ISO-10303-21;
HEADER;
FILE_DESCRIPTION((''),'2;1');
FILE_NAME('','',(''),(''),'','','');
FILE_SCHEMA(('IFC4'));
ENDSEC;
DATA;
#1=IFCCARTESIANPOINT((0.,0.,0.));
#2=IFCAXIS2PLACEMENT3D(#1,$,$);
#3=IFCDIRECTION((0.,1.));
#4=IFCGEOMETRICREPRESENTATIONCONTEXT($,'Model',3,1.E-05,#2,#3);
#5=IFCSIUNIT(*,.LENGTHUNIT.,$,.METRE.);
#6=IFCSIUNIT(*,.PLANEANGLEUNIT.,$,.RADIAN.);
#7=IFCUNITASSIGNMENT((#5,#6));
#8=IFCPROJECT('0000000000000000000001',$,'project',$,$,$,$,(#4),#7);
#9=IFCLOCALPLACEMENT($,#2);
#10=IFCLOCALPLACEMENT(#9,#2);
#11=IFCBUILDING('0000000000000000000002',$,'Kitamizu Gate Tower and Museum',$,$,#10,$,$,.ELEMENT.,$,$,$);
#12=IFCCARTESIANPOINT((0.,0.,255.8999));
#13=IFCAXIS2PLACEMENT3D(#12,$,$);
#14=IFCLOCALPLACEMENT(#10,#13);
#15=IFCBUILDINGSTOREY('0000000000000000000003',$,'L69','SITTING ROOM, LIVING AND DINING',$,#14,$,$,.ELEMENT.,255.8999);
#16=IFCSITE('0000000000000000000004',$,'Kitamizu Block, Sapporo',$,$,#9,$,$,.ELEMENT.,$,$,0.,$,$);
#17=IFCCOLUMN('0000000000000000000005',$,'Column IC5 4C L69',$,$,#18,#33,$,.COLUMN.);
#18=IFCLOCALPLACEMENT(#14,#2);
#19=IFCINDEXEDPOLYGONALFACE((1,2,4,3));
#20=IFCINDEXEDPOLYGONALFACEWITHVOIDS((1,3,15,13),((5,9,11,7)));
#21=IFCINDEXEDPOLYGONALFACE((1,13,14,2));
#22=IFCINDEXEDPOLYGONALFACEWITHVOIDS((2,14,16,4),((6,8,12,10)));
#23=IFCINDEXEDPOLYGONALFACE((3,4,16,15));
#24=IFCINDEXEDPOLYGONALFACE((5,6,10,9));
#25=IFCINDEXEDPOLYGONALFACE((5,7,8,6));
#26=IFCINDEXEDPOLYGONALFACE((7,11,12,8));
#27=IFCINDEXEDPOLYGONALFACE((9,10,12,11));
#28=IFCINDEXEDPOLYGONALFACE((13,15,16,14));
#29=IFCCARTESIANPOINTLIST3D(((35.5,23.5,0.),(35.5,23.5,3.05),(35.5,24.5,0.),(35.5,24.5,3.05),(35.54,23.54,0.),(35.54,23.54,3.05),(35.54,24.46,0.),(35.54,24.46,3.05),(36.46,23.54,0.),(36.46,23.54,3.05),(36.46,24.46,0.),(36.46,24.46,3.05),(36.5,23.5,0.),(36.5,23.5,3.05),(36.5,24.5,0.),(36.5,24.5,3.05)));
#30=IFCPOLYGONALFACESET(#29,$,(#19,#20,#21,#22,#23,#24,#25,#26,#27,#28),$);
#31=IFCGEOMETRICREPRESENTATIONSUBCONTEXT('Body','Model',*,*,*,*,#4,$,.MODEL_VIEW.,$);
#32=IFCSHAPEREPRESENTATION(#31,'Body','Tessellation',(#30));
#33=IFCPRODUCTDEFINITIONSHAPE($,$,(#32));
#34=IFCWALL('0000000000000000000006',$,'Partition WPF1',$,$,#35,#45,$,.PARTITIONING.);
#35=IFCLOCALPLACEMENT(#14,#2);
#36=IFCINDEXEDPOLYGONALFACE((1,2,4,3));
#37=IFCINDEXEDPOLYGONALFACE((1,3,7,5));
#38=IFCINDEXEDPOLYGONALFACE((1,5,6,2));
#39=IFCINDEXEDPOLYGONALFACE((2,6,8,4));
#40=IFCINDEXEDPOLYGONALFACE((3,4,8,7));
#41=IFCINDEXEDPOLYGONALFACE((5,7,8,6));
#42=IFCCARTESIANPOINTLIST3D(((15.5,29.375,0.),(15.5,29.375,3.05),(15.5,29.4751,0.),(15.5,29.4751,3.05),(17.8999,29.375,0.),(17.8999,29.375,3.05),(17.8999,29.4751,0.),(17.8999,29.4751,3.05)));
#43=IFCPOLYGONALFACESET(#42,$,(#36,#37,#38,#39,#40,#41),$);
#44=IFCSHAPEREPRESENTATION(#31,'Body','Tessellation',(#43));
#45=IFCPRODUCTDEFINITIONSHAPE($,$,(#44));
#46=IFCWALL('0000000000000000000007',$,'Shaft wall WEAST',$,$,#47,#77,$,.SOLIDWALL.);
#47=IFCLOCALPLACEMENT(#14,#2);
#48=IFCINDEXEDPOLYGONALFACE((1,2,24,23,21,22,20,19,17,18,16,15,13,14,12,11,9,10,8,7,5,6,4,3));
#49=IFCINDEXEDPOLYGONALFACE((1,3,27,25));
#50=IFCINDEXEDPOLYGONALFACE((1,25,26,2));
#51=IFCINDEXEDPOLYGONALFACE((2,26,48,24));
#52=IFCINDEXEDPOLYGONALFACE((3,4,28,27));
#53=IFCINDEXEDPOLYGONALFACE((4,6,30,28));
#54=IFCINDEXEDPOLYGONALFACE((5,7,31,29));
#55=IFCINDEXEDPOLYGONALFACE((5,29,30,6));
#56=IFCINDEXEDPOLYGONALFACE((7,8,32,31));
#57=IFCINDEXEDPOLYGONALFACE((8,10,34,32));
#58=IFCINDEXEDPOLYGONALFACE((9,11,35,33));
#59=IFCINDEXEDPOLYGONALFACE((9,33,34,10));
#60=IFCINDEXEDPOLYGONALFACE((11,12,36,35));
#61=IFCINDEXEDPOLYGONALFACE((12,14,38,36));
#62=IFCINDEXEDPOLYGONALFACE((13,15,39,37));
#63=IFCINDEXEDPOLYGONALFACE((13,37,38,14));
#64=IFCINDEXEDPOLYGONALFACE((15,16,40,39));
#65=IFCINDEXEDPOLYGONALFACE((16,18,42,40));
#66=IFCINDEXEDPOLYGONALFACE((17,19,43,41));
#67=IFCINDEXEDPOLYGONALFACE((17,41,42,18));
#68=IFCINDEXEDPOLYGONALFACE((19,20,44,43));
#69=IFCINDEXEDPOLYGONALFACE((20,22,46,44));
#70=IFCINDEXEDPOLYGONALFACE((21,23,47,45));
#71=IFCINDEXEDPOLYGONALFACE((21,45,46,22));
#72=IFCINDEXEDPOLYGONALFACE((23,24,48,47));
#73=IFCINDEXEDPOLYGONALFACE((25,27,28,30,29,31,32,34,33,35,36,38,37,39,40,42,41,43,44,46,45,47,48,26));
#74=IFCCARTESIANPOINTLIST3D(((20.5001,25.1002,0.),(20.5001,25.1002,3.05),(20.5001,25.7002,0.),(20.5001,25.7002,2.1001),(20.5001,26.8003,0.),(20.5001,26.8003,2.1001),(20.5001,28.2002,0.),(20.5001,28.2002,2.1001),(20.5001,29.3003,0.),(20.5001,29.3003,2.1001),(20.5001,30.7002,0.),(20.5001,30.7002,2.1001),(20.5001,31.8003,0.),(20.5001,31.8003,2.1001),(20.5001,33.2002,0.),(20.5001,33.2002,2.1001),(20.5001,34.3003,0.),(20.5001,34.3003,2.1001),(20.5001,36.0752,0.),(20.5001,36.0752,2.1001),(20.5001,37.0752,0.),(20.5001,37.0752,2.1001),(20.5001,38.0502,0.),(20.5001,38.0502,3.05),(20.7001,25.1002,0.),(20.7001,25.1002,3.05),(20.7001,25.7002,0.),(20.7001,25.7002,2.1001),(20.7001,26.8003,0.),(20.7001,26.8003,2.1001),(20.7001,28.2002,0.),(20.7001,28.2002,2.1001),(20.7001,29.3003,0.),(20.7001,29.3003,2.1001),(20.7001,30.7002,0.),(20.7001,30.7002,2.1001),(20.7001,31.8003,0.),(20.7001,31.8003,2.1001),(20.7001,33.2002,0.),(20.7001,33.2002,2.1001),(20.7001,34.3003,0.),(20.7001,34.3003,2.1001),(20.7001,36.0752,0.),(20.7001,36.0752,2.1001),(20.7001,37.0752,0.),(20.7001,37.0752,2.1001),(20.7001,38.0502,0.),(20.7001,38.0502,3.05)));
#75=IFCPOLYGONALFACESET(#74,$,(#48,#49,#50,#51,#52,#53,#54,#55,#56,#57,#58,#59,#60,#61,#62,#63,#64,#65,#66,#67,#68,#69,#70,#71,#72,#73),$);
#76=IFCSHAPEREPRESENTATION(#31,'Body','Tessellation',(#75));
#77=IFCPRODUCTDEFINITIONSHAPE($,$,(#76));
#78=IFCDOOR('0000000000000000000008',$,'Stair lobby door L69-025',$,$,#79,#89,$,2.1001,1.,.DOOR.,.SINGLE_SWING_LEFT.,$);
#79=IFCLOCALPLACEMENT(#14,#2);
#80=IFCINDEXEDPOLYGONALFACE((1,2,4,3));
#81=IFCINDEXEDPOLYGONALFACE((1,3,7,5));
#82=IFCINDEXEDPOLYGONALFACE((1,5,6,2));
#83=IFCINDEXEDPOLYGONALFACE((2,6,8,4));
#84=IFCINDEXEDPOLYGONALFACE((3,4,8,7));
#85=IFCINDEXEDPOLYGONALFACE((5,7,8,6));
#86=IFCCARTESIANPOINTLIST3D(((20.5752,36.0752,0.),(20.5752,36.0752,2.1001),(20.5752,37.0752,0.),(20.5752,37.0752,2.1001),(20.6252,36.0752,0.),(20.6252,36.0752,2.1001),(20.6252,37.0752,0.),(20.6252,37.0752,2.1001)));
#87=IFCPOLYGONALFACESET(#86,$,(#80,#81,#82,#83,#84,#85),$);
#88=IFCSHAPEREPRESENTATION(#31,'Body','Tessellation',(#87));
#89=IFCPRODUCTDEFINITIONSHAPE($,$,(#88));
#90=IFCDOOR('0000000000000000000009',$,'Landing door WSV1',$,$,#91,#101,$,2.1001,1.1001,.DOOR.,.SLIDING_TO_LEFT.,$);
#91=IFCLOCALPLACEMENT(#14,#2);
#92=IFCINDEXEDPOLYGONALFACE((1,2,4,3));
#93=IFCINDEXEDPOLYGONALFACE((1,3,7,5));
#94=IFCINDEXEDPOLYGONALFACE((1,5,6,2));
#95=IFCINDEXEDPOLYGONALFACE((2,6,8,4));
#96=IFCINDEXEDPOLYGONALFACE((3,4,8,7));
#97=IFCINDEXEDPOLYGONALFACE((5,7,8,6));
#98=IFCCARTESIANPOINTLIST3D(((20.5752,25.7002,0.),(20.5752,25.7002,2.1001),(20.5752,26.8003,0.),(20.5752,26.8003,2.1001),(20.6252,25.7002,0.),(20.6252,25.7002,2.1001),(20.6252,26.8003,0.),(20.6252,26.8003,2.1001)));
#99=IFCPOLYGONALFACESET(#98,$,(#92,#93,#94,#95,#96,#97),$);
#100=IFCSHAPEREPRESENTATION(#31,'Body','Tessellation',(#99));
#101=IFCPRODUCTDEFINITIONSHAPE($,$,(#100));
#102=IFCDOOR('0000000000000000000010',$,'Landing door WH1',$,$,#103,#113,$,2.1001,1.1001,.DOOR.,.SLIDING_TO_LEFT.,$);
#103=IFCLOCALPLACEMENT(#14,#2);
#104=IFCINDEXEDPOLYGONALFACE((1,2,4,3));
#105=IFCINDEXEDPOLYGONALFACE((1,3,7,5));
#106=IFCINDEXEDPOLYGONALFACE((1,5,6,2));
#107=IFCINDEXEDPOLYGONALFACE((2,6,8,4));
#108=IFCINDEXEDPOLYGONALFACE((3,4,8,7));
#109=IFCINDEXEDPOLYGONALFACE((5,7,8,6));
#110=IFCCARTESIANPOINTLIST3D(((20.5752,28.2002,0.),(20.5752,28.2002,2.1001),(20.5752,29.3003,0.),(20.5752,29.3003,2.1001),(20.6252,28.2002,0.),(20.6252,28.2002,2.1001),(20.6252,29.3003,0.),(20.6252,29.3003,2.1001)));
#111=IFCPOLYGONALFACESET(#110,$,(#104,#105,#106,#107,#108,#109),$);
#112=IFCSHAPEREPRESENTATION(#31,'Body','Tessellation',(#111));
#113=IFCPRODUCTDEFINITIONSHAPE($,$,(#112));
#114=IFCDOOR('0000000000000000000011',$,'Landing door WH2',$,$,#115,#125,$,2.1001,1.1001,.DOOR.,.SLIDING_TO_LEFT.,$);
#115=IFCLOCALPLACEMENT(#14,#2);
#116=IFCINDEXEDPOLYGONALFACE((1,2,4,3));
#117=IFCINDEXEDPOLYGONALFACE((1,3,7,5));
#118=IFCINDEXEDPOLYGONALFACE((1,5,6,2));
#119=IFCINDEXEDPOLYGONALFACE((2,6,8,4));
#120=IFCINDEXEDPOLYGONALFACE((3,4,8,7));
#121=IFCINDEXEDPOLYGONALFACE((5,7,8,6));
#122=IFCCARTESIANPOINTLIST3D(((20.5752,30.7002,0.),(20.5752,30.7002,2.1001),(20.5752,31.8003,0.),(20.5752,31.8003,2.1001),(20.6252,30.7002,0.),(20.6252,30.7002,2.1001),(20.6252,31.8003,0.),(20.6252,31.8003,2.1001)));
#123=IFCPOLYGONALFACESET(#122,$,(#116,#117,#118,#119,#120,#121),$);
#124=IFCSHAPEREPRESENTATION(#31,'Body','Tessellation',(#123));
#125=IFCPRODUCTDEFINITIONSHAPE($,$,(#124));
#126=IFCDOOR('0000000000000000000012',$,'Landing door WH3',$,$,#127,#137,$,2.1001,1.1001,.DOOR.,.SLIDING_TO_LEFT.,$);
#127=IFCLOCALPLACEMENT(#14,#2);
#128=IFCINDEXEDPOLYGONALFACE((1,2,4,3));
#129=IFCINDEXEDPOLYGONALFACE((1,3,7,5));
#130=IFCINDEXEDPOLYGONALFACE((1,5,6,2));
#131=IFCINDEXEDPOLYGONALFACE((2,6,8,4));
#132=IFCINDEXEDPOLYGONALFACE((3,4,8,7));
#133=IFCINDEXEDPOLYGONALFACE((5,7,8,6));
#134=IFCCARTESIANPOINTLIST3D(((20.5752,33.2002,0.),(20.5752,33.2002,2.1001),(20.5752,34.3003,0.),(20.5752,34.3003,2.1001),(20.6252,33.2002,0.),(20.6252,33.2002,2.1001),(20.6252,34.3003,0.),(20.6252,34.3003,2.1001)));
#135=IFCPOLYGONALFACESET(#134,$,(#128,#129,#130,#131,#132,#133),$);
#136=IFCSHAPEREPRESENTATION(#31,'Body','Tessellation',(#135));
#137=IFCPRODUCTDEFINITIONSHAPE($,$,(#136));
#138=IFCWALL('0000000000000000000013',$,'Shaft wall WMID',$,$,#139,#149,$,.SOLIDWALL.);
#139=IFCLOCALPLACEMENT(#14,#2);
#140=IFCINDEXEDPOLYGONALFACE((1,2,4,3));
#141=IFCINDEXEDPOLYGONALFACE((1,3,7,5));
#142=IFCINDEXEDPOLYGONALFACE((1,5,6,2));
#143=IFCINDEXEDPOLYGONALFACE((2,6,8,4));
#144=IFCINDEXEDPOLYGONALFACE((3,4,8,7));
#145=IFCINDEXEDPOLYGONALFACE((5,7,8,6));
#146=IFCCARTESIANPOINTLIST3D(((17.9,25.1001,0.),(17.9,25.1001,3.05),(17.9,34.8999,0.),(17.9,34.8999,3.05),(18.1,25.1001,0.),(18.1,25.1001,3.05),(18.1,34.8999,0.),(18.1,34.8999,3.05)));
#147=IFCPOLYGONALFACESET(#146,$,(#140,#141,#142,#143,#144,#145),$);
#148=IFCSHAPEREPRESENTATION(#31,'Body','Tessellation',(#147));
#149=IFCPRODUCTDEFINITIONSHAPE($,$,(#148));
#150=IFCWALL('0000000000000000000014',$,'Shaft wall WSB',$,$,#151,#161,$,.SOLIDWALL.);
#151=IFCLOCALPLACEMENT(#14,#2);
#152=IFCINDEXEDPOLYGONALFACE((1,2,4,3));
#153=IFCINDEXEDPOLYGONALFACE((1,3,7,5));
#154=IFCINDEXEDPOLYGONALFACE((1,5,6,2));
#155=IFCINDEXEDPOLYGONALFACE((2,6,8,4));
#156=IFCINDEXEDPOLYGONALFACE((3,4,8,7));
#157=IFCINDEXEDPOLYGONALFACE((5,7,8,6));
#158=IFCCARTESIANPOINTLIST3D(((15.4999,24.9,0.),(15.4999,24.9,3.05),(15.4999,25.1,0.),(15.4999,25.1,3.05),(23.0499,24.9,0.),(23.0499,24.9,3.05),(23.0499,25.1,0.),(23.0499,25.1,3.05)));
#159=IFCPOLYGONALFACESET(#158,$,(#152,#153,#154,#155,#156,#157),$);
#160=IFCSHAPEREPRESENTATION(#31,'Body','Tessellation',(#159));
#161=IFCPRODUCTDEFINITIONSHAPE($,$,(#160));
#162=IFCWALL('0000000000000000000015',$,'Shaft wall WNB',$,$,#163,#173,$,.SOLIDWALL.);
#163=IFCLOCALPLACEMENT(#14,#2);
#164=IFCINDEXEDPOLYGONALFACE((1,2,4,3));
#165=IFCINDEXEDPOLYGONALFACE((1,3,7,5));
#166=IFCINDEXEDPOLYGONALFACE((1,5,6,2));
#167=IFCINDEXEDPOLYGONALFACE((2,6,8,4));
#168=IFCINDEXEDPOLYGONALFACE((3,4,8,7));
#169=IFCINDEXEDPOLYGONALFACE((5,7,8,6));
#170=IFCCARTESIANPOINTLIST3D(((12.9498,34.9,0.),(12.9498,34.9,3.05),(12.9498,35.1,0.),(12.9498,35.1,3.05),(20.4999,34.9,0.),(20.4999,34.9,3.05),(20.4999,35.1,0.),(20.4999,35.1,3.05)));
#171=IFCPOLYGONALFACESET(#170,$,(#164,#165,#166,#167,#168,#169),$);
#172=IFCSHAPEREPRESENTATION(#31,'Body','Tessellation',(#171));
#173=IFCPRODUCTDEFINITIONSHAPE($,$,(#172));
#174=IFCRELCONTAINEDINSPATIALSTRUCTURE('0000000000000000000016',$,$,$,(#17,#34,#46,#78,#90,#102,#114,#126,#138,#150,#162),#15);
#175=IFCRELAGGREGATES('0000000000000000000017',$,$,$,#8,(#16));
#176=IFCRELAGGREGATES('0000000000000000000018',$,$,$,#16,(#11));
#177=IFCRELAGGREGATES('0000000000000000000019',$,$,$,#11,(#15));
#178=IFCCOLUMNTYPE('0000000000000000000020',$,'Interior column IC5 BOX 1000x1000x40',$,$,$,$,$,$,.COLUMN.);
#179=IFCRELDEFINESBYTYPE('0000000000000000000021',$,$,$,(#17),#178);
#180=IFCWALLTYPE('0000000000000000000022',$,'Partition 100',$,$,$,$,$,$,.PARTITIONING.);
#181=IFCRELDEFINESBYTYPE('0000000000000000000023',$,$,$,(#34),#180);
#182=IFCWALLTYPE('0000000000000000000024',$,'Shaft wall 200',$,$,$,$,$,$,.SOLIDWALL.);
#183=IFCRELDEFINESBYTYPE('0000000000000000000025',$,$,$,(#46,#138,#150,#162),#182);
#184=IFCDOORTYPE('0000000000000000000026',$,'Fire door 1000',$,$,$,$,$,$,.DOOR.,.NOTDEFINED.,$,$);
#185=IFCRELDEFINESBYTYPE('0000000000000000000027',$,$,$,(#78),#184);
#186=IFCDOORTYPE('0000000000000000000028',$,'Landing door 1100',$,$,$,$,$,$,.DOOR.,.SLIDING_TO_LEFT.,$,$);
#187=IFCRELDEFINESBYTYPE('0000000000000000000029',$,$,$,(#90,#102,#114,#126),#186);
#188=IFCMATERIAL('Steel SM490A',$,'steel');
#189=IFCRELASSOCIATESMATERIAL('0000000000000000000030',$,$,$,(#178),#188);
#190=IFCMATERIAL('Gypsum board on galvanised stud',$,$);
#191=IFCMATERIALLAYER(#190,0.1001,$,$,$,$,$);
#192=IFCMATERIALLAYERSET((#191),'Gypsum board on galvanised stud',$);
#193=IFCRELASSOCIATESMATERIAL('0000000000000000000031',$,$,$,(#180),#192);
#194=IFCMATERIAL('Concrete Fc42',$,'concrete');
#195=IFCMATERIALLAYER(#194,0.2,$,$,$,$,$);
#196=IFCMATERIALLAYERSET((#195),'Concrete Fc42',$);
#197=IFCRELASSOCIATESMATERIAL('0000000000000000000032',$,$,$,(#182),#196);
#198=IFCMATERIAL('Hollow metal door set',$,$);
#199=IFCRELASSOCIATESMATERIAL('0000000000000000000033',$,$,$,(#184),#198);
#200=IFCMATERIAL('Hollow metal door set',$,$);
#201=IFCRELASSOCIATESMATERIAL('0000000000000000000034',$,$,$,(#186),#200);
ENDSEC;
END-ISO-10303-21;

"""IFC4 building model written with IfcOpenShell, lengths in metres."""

from ifc_helpers import new_model, si_unit, direction, frame, frame_2d, origin, origin_2d, place, context, subcontext, project, spatial, rectangle, hollow_rectangle, extrude, material, layer, layer_set, material_profile, profile_set, type_object, element, fill, save


model = new_model("IFC4")

# Units and contexts
model_context = context("Model", 3, precision=1e-05, world=origin(), true_north=direction((0.0, 1.0)))
body_context = subcontext(model_context, "Body", "Model", "MODEL_VIEW")
ifc_project = project(units=[si_unit("LENGTHUNIT", "METRE"), si_unit("PLANEANGLEUNIT", "RADIAN")], contexts=[model_context])

# Site, building, storey
site_placement = place(None, origin())
site = spatial("IfcSite", under=ifc_project, at=site_placement, Name="Kitamizu Block, Sapporo", CompositionType="ELEMENT", RefElevation=0.0)
building_placement = place(site_placement, origin())
building = spatial("IfcBuilding", under=site, at=building_placement, Name="Kitamizu Gate Tower and Museum", CompositionType="ELEMENT")
storey_placement = place(building_placement, frame((0.0, 0.0, 255.8999)))
storey = spatial("IfcBuildingStorey", under=building, at=storey_placement, Name="L69", Description="SITTING ROOM, LIVING AND DINING", CompositionType="ELEMENT", Elevation=255.8999)

# Column
ifc_material_1 = material(Name="Steel SM490A", Category="steel")
ifc_material_profile = material_profile(ifc_material_1, hollow_rectangle(XDim=1.0, YDim=1.0, WallThickness=0.04, at=origin_2d()), Name="BOX 1000x1000x40")
ifc_profile_set = profile_set([ifc_material_profile], Name="Steel SM490A")
column_type = type_object("IfcColumnType", Name="Interior column IC5 BOX 1000x1000x40", PredefinedType="COLUMN", material=ifc_profile_set)
column_placement = place(storey_placement, frame((36.0, 24.0, 0.0), z_axis=(0.0, 0.0, 1.0), x_axis=(1.0, 0.0, 0.0)))
element("IfcColumn", 1, at=column_placement, inside=storey, type_object=column_type, Name="Column IC5 4C L69", PredefinedType="COLUMN", context=body_context, shape_type="SweptSolid", body=[
    extrude(hollow_rectangle(XDim=1.0, YDim=1.0, WallThickness=0.04, at=origin_2d()), origin(), (0.0, 0.0, 1.0), 3.05),
])

# Wall
ifc_material_2 = material(Name="Gypsum board on galvanised stud")
ifc_layer_1 = layer(ifc_material_2, 0.1001)
ifc_layer_set_1 = layer_set([ifc_layer_1], Name="Gypsum board on galvanised stud")
wall_type_1 = type_object("IfcWallType", Name="Partition 100", PredefinedType="PARTITIONING", material=ifc_layer_set_1)
wall_1_placement = place(storey_placement, frame((15.5, 29.425, 0.0), z_axis=(0.0, 0.0, 1.0), x_axis=(1.0, 0.0, 0.0)))
element("IfcWall", 2, at=wall_1_placement, inside=storey, type_object=wall_type_1, Name="Partition WPF1", PredefinedType="PARTITIONING", context=body_context, shape_type="SweptSolid", body=[
    extrude(rectangle(XDim=2.3999, YDim=0.1001, at=frame_2d((1.2, 0.0))), origin(), (0.0, 0.0, 1.0), 3.05),
])

# Wall, openings, doors
ifc_material_3 = material(Name="Concrete Fc42", Category="concrete")
ifc_layer_2 = layer(ifc_material_3, 0.2)
ifc_layer_set_2 = layer_set([ifc_layer_2], Name="Concrete Fc42")
wall_type_2 = type_object("IfcWallType", Name="Shaft wall 200", PredefinedType="SOLIDWALL", material=ifc_layer_set_2)
wall_2_placement = place(storey_placement, frame((20.6001, 25.1001, 0.0), z_axis=(0.0, 0.0, 1.0), x_axis=(0.0, 1.0, 0.0)))
wall_2 = element("IfcWall", 3, at=wall_2_placement, inside=storey, type_object=wall_type_2, Name="Shaft wall WEAST", PredefinedType="SOLIDWALL", context=body_context, shape_type="SweptSolid", body=[
    extrude(rectangle(XDim=12.95, YDim=0.2, at=frame_2d((6.4751, 0.0))), origin(), (0.0, 0.0, 1.0), 3.05),
])
opening_1_placement = place(wall_2_placement, frame((0.6001, 0.0, 0.0)))
opening_1 = element("IfcOpeningElement", 4, at=opening_1_placement, cuts=wall_2, PredefinedType="OPENING", context=body_context, shape_type="SweptSolid", body=[
    extrude(rectangle(XDim=1.1001, YDim=2.1001, at=frame_2d((0.55, 1.05))), frame((0.0, 0.1099, 0.0), z_axis=(0.0, -1.0, 0.0), x_axis=(1.0, 0.0, 0.0)), (0.0, 0.0, 1.0), 0.22),
])
opening_2_placement = place(wall_2_placement, frame((3.1001, 0.0, 0.0)))
opening_2 = element("IfcOpeningElement", 5, at=opening_2_placement, cuts=wall_2, PredefinedType="OPENING", context=body_context, shape_type="SweptSolid", body=[
    extrude(rectangle(XDim=1.1001, YDim=2.1001, at=frame_2d((0.55, 1.05))), frame((0.0, 0.1099, 0.0), z_axis=(0.0, -1.0, 0.0), x_axis=(1.0, 0.0, 0.0)), (0.0, 0.0, 1.0), 0.22),
])
opening_3_placement = place(wall_2_placement, frame((5.6001, 0.0, 0.0)))
opening_3 = element("IfcOpeningElement", 6, at=opening_3_placement, cuts=wall_2, PredefinedType="OPENING", context=body_context, shape_type="SweptSolid", body=[
    extrude(rectangle(XDim=1.1001, YDim=2.1001, at=frame_2d((0.55, 1.05))), frame((0.0, 0.1099, 0.0), z_axis=(0.0, -1.0, 0.0), x_axis=(1.0, 0.0, 0.0)), (0.0, 0.0, 1.0), 0.22),
])
opening_4_placement = place(wall_2_placement, frame((8.1001, 0.0, 0.0)))
opening_4 = element("IfcOpeningElement", 7, at=opening_4_placement, cuts=wall_2, PredefinedType="OPENING", context=body_context, shape_type="SweptSolid", body=[
    extrude(rectangle(XDim=1.1001, YDim=2.1001, at=frame_2d((0.55, 1.05))), frame((0.0, 0.1099, 0.0), z_axis=(0.0, -1.0, 0.0), x_axis=(1.0, 0.0, 0.0)), (0.0, 0.0, 1.0), 0.22),
])
opening_5_placement = place(wall_2_placement, frame((10.9751, 0.0, 0.0)))
opening_5 = element("IfcOpeningElement", 8, at=opening_5_placement, cuts=wall_2, PredefinedType="OPENING", context=body_context, shape_type="SweptSolid", body=[
    extrude(rectangle(XDim=1.0, YDim=2.1001, at=frame_2d((0.5, 1.05))), frame((0.0, 0.1099, 0.0), z_axis=(0.0, -1.0, 0.0), x_axis=(1.0, 0.0, 0.0)), (0.0, 0.0, 1.0), 0.22),
])
ifc_material_4 = material(Name="Hollow metal door set")
door_type_1 = type_object("IfcDoorType", Name="Fire door 1000", OperationType="NOTDEFINED", PredefinedType="DOOR", material=ifc_material_4)
door_1_placement = place(opening_5_placement, origin())
door_1 = element("IfcDoor", 9, at=door_1_placement, inside=storey, type_object=door_type_1, Name="Stair lobby door L69-025", OperationType="SINGLE_SWING_LEFT", OverallHeight=2.1001, OverallWidth=1.0, PredefinedType="DOOR", context=body_context, shape_type="SweptSolid", body=[
    extrude(rectangle(XDim=1.0, YDim=2.1001, at=frame_2d((0.5, 1.05))), frame((0.0, 0.0249, 0.0), z_axis=(0.0, -1.0, 0.0), x_axis=(1.0, 0.0, 0.0)), (0.0, 0.0, 1.0), 0.05),
])
fill(opening_5, door_1)
ifc_material_5 = material(Name="Hollow metal door set")
door_type_2 = type_object("IfcDoorType", Name="Landing door 1100", OperationType="SLIDING_TO_LEFT", PredefinedType="DOOR", material=ifc_material_5)
door_2_placement = place(opening_1_placement, origin())
door_2 = element("IfcDoor", 10, at=door_2_placement, inside=storey, type_object=door_type_2, Name="Landing door WSV1", OperationType="SLIDING_TO_LEFT", OverallHeight=2.1001, OverallWidth=1.1001, PredefinedType="DOOR", context=body_context, shape_type="SweptSolid", body=[
    extrude(rectangle(XDim=1.1001, YDim=2.1001, at=frame_2d((0.55, 1.05))), frame((0.0, 0.0249, 0.0), z_axis=(0.0, -1.0, 0.0), x_axis=(1.0, 0.0, 0.0)), (0.0, 0.0, 1.0), 0.05),
])
fill(opening_1, door_2)
door_3_placement = place(opening_2_placement, origin())
door_3 = element("IfcDoor", 11, at=door_3_placement, inside=storey, type_object=door_type_2, Name="Landing door WH1", OperationType="SLIDING_TO_LEFT", OverallHeight=2.1001, OverallWidth=1.1001, PredefinedType="DOOR", context=body_context, shape_type="SweptSolid", body=[
    extrude(rectangle(XDim=1.1001, YDim=2.1001, at=frame_2d((0.55, 1.05))), frame((0.0, 0.0249, 0.0), z_axis=(0.0, -1.0, 0.0), x_axis=(1.0, 0.0, 0.0)), (0.0, 0.0, 1.0), 0.05),
])
fill(opening_2, door_3)
door_4_placement = place(opening_3_placement, origin())
door_4 = element("IfcDoor", 12, at=door_4_placement, inside=storey, type_object=door_type_2, Name="Landing door WH2", OperationType="SLIDING_TO_LEFT", OverallHeight=2.1001, OverallWidth=1.1001, PredefinedType="DOOR", context=body_context, shape_type="SweptSolid", body=[
    extrude(rectangle(XDim=1.1001, YDim=2.1001, at=frame_2d((0.55, 1.05))), frame((0.0, 0.0249, 0.0), z_axis=(0.0, -1.0, 0.0), x_axis=(1.0, 0.0, 0.0)), (0.0, 0.0, 1.0), 0.05),
])
fill(opening_3, door_4)
door_5_placement = place(opening_4_placement, origin())
door_5 = element("IfcDoor", 13, at=door_5_placement, inside=storey, type_object=door_type_2, Name="Landing door WH3", OperationType="SLIDING_TO_LEFT", OverallHeight=2.1001, OverallWidth=1.1001, PredefinedType="DOOR", context=body_context, shape_type="SweptSolid", body=[
    extrude(rectangle(XDim=1.1001, YDim=2.1001, at=frame_2d((0.55, 1.05))), frame((0.0, 0.0249, 0.0), z_axis=(0.0, -1.0, 0.0), x_axis=(1.0, 0.0, 0.0)), (0.0, 0.0, 1.0), 0.05),
])
fill(opening_4, door_5)

# Walls
wall_3_placement = place(storey_placement, frame((18.0, 25.1001, 0.0), z_axis=(0.0, 0.0, 1.0), x_axis=(0.0, 1.0, 0.0)))
element("IfcWall", 14, at=wall_3_placement, inside=storey, type_object=wall_type_2, Name="Shaft wall WMID", PredefinedType="SOLIDWALL", context=body_context, shape_type="SweptSolid", body=[
    extrude(rectangle(XDim=9.7998, YDim=0.2, at=frame_2d((4.8999, 0.0))), origin(), (0.0, 0.0, 1.0), 3.05),
])
for number, where, z_axis, x_axis, name in (
    (15, (15.5, 25.0, 0.0), (0.0, 0.0, 1.0), (1.0, 0.0, 0.0), "Shaft wall WSB"),
    (16, (12.95, 35.0, 0.0), (0.0, 0.0, 1.0), (1.0, 0.0, 0.0), "Shaft wall WNB"),
):
    element("IfcWall", number, at=place(storey_placement, frame(where, z_axis=z_axis, x_axis=x_axis)), inside=storey, type_object=wall_type_2, Name=name, PredefinedType="SOLIDWALL", context=body_context, shape_type="SweptSolid", body=[
        extrude(rectangle(XDim=7.55, YDim=0.2, at=frame_2d((3.7749, 0.0))), origin(), (0.0, 0.0, 1.0), 3.05),
    ])

save(model, "model.ifc")
